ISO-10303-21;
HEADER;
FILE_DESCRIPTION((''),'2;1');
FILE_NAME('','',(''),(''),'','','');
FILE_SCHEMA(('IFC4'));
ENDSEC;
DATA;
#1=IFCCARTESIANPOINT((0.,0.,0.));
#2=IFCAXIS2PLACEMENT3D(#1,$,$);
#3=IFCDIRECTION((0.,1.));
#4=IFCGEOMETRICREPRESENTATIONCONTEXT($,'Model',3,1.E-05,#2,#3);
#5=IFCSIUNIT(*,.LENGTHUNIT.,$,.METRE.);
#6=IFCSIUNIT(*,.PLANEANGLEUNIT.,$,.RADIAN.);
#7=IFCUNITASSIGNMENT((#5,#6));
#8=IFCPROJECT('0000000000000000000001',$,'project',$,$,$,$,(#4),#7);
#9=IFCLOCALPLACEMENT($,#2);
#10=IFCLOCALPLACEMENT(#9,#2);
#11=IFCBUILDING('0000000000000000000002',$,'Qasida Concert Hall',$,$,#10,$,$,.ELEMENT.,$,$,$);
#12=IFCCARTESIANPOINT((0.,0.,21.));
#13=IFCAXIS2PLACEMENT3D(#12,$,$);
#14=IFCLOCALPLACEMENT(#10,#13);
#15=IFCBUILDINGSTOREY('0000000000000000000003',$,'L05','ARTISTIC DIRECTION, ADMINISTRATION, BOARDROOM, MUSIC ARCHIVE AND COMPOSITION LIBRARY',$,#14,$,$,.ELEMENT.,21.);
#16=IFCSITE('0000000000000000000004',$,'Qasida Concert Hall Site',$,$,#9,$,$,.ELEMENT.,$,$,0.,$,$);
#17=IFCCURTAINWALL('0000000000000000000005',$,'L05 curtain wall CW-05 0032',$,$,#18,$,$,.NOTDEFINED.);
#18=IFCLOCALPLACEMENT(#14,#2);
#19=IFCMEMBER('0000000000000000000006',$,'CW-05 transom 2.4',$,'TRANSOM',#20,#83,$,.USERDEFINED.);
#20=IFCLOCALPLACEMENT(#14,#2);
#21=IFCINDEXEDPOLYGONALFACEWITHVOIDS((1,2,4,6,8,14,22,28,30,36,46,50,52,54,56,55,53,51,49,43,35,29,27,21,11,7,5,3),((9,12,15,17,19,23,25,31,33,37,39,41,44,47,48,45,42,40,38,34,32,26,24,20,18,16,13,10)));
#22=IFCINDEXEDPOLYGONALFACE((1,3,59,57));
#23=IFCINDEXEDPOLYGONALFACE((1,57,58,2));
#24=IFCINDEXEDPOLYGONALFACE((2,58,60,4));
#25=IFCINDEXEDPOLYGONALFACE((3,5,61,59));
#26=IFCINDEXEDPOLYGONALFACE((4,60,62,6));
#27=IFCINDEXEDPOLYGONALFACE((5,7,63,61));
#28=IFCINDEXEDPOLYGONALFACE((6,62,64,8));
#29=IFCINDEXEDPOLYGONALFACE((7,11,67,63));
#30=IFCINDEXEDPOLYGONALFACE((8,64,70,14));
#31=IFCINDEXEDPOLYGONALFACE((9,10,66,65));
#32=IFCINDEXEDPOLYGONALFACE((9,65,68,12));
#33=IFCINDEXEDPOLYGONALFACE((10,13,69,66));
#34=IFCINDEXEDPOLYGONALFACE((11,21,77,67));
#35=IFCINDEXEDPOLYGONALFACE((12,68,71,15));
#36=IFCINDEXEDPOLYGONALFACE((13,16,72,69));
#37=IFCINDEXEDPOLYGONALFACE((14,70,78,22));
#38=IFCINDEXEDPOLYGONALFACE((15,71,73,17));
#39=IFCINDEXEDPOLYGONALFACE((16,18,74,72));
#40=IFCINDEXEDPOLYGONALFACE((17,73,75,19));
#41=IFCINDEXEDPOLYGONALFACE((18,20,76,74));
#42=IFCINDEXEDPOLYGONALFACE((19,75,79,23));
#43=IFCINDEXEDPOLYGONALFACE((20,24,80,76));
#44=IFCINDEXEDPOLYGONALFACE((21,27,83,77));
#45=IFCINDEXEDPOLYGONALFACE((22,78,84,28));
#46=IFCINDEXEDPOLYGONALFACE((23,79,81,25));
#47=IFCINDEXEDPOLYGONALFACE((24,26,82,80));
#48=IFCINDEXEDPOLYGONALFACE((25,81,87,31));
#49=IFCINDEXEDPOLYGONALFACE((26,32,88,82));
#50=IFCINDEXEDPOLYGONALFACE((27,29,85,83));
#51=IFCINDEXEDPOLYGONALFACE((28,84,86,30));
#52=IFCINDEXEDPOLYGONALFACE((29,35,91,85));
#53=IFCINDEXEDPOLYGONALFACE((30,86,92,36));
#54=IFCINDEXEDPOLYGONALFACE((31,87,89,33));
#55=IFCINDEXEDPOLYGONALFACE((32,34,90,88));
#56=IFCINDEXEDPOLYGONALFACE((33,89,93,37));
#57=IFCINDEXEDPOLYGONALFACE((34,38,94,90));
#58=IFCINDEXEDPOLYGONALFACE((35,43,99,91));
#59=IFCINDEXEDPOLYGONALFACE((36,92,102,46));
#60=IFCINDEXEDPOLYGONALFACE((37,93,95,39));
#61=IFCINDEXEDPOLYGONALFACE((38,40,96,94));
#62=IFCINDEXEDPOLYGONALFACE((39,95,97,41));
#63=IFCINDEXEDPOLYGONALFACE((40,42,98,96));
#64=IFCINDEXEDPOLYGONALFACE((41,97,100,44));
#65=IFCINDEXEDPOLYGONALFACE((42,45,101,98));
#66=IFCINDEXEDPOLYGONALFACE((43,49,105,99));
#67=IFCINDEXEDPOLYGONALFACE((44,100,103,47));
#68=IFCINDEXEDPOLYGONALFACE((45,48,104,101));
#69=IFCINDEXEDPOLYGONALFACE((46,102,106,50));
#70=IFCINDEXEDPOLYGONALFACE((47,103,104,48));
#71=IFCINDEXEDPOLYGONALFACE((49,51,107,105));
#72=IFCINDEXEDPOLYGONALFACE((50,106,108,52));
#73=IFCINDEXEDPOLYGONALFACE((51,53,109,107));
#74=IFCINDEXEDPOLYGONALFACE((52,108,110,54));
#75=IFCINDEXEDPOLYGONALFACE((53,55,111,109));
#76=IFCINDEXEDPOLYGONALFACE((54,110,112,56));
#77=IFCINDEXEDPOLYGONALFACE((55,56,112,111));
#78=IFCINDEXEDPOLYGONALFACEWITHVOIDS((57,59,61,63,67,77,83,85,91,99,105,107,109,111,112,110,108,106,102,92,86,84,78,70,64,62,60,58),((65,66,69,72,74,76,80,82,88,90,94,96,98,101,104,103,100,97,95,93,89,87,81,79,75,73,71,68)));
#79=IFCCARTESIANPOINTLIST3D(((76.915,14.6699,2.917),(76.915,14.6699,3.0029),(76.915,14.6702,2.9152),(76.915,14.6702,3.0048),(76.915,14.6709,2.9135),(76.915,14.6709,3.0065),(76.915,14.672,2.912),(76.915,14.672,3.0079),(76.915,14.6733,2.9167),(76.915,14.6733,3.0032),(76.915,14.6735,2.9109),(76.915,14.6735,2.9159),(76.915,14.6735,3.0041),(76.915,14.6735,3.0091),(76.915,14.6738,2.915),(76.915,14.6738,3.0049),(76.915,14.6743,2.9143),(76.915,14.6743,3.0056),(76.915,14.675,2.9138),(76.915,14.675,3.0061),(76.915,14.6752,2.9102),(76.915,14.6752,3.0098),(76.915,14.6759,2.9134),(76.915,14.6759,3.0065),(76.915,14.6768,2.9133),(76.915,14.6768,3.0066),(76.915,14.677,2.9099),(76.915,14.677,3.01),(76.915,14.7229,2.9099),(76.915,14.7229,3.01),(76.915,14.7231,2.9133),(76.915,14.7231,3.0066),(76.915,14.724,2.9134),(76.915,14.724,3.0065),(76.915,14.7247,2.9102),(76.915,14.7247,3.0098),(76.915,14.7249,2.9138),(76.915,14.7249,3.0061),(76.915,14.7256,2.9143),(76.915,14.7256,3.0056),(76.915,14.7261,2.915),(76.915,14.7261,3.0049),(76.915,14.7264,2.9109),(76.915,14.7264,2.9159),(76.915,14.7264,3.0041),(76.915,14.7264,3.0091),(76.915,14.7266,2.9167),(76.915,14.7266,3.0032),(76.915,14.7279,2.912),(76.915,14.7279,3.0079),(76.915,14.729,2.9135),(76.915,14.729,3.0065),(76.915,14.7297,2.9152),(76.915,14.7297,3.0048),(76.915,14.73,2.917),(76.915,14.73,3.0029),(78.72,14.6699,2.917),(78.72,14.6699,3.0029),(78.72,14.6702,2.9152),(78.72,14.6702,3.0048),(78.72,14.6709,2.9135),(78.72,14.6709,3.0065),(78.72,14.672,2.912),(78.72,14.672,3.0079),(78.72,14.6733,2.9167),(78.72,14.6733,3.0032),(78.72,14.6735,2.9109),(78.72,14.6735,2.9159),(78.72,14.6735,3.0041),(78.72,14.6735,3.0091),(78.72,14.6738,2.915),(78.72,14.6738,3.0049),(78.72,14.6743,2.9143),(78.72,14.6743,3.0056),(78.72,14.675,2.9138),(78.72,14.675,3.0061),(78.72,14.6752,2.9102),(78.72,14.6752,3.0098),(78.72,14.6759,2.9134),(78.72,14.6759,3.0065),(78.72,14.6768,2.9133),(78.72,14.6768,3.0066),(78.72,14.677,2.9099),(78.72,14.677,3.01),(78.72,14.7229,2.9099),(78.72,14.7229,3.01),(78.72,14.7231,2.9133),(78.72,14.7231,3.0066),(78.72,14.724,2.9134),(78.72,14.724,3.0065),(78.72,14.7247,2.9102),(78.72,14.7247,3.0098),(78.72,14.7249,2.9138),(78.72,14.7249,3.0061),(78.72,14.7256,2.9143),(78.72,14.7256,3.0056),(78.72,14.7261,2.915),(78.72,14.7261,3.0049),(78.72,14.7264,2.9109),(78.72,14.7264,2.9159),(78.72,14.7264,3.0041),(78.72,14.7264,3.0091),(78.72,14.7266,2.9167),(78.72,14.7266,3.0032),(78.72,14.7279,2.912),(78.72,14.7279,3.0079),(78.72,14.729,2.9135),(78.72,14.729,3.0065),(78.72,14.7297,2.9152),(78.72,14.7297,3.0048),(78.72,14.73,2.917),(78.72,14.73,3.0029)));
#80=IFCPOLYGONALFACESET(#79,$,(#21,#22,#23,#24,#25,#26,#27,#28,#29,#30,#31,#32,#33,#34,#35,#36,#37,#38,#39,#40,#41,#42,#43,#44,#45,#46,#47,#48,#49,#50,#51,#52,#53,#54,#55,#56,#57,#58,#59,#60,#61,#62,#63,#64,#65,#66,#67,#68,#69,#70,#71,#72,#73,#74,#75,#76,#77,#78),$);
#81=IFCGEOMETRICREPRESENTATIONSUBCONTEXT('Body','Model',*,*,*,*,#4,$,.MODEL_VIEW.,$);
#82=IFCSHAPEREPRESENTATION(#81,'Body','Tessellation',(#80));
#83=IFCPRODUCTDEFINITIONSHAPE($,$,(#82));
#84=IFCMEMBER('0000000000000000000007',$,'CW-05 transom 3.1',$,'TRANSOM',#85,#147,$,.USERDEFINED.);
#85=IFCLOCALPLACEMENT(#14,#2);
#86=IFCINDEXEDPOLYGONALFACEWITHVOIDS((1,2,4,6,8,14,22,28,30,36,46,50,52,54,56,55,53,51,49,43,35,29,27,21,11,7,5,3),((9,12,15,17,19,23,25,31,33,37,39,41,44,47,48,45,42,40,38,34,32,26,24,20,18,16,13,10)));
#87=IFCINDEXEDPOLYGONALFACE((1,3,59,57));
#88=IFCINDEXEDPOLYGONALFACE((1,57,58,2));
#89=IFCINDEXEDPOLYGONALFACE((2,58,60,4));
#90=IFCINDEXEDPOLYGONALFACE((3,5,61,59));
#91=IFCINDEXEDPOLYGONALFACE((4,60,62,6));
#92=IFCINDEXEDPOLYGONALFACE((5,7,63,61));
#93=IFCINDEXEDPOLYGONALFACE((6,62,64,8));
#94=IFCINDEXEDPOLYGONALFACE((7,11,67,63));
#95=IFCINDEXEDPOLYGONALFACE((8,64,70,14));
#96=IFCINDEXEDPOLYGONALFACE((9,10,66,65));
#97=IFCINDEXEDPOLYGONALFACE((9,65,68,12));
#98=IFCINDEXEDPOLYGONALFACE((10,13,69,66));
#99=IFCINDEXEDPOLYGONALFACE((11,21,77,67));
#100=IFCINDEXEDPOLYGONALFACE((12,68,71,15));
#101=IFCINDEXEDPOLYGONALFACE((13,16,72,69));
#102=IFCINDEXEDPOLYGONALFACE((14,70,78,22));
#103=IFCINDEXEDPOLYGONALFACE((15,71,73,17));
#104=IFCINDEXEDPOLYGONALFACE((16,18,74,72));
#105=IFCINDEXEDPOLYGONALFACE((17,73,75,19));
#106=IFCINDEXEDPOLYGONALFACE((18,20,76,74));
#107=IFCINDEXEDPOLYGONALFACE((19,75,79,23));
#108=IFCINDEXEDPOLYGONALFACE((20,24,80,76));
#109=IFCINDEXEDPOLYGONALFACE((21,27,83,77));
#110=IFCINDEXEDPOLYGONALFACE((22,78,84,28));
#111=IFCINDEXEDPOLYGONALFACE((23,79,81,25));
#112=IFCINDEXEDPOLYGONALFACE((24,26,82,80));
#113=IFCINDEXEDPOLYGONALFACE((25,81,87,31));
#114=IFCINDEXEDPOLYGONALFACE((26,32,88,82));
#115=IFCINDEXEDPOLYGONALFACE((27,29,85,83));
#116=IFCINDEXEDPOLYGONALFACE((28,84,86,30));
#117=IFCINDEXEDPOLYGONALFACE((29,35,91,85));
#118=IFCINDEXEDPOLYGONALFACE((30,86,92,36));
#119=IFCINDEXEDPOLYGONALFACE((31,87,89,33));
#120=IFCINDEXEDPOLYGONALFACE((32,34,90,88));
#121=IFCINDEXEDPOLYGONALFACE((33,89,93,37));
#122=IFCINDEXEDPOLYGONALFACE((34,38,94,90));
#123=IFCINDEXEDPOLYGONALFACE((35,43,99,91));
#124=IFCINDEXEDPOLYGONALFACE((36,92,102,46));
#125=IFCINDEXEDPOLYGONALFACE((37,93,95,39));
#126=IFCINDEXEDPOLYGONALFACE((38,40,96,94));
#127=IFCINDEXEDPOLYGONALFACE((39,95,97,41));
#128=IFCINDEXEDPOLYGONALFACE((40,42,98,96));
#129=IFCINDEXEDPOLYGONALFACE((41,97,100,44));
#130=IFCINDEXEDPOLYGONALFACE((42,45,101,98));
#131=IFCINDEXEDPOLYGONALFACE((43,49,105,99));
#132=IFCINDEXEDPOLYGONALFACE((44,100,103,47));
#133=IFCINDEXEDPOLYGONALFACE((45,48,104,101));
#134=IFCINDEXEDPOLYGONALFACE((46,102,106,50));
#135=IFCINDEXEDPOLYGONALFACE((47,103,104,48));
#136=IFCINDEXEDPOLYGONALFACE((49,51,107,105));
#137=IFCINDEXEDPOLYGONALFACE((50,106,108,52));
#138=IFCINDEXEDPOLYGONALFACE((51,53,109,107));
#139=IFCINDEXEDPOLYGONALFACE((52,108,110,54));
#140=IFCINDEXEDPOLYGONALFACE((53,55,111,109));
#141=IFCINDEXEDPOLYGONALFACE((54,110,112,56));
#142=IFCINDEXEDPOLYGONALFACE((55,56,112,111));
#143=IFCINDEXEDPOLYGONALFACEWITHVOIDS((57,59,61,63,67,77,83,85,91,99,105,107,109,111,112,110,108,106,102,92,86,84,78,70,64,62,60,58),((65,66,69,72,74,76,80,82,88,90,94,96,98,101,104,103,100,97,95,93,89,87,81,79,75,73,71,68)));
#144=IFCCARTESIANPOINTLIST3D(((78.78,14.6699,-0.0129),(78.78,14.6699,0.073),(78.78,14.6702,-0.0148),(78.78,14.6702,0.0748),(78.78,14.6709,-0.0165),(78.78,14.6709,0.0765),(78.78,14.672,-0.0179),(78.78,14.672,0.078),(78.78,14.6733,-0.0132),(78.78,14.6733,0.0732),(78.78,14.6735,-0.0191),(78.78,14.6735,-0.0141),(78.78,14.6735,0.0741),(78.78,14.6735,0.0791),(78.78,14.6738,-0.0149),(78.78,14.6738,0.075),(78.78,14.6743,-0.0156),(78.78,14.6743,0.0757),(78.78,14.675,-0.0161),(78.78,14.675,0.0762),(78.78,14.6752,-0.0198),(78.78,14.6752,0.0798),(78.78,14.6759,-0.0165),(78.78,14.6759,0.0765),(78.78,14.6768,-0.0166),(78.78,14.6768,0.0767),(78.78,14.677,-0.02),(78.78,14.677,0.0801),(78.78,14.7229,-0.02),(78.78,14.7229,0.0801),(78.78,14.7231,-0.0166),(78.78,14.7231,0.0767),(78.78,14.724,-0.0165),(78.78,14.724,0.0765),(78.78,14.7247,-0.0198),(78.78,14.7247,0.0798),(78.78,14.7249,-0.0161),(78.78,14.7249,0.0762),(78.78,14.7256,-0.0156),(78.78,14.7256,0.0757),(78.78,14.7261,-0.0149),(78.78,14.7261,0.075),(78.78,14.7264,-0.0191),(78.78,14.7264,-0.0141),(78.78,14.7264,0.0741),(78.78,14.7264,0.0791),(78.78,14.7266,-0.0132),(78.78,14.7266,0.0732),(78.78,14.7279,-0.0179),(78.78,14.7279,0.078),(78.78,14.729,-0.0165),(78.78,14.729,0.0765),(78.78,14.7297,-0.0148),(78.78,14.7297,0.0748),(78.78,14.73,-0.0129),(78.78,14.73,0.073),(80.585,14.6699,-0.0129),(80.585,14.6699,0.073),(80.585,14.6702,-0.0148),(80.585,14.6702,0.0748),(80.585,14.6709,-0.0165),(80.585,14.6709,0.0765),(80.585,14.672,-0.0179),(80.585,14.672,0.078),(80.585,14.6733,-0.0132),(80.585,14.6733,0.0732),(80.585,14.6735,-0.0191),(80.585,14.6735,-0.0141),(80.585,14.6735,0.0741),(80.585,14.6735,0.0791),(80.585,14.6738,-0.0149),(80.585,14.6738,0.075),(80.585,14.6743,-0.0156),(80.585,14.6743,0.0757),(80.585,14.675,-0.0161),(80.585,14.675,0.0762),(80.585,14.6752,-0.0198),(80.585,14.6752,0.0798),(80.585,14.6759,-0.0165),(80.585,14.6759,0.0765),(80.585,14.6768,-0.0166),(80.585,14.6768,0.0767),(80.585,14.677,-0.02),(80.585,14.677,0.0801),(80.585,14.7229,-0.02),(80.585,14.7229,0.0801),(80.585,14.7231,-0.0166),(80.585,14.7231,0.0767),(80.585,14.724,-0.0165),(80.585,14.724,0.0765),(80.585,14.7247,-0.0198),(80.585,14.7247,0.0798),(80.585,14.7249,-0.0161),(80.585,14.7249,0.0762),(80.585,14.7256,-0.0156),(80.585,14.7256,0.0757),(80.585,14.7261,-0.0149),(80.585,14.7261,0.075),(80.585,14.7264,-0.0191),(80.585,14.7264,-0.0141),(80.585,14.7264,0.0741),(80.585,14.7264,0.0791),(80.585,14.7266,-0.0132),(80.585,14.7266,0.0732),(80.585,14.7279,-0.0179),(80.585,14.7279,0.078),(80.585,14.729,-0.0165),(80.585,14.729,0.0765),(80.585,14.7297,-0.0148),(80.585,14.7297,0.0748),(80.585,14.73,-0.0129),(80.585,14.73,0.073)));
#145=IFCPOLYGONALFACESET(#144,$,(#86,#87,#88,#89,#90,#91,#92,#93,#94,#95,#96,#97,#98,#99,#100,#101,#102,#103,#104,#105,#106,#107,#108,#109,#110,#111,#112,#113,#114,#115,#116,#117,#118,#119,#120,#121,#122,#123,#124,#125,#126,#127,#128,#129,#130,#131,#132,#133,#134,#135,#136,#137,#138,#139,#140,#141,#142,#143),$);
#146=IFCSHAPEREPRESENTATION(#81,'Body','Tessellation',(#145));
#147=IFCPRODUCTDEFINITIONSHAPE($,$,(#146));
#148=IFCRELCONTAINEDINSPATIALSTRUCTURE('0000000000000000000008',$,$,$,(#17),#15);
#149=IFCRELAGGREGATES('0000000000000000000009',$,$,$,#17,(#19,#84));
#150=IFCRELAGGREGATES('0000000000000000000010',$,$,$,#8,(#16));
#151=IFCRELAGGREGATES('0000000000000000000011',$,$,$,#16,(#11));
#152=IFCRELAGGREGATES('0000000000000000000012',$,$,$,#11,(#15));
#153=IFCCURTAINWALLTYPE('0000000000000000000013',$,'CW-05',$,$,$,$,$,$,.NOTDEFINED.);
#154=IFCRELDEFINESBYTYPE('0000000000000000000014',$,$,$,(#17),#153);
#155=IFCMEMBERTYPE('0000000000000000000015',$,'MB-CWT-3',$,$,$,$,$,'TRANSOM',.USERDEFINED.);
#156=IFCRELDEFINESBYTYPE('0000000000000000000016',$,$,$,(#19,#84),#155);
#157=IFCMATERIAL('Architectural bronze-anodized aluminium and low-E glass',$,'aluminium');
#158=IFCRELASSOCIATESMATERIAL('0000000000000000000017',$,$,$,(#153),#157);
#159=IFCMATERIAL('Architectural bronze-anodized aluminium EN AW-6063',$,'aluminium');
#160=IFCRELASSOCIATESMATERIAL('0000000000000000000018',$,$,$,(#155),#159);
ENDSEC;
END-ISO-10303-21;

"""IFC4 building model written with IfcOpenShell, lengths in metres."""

from ifc_helpers import new_model, si_unit, direction, frame, origin, origin_2d, place, context, subcontext, project, spatial, hollow_rectangle, extrude, material, material_profile, profile_set, type_object, element, aggregate, save


model = new_model("IFC4")

# Units and contexts
model_context = context("Model", 3, precision=1e-05, world=origin(), true_north=direction((0.0, 1.0)))
body_context = subcontext(model_context, "Body", "Model", "MODEL_VIEW")
ifc_project = project(units=[si_unit("LENGTHUNIT", "METRE"), si_unit("PLANEANGLEUNIT", "RADIAN")], contexts=[model_context])

# Site, building, storey
site_placement = place(None, origin())
site = spatial("IfcSite", under=ifc_project, at=site_placement, Name="Qasida Concert Hall Site", CompositionType="ELEMENT", RefElevation=0.0)
building_placement = place(site_placement, origin())
building = spatial("IfcBuilding", under=site, at=building_placement, Name="Qasida Concert Hall", CompositionType="ELEMENT")
storey_placement = place(building_placement, frame((0.0, 0.0, 21.0)))
storey = spatial("IfcBuildingStorey", under=building, at=storey_placement, Name="L05", Description="ARTISTIC DIRECTION, ADMINISTRATION, BOARDROOM, MUSIC ARCHIVE AND COMPOSITION LIBRARY", CompositionType="ELEMENT", Elevation=21.0)

# Curtain wall, members
ifc_material_1 = material(Name="Architectural bronze-anodized aluminium and low-E glass", Category="aluminium")
curtain_wall_type = type_object("IfcCurtainWallType", Name="CW-05", PredefinedType="NOTDEFINED", material=ifc_material_1)
curtain_wall_placement = place(storey_placement, origin())
curtain_wall = element("IfcCurtainWall", 1, at=curtain_wall_placement, inside=storey, type_object=curtain_wall_type, Name="L05 curtain wall CW-05 0032", PredefinedType="NOTDEFINED")
ifc_material_2 = material(Name="Architectural bronze-anodized aluminium EN AW-6063", Category="aluminium")
ifc_material_profile_1 = material_profile(ifc_material_2, hollow_rectangle(XDim=0.0601, YDim=0.1001, WallThickness=0.0034, InnerFilletRadius=0.0034, OuterFilletRadius=0.0071, at=origin_2d()), Name="CWT 100x60x3.5")
ifc_profile_set_1 = profile_set([ifc_material_profile_1], Name="Architectural bronze-anodized aluminium EN AW-6063")
member_type_1 = type_object("IfcMemberType", Name="MB-CWT-3", ElementType="TRANSOM", PredefinedType="USERDEFINED", material=ifc_profile_set_1)
member_1_placement = place(storey_placement, frame((76.915, 14.7, 2.96), z_axis=(1.0, 0.0, 0.0), x_axis=(0.0, 1.0, 0.0)))
member_1 = element("IfcMember", 2, at=member_1_placement, type_object=member_type_1, Name="CW-05 transom 2.4", ObjectType="TRANSOM", PredefinedType="USERDEFINED", context=body_context, shape_type="SweptSolid", body=[
    extrude(hollow_rectangle(XDim=0.0601, YDim=0.1001, WallThickness=0.0034, InnerFilletRadius=0.0034, OuterFilletRadius=0.0071, at=origin_2d()), origin(), (0.0, 0.0, 1.0), 1.8049),
])
member_2_placement = place(storey_placement, frame((78.78, 14.7, 0.03), z_axis=(1.0, 0.0, 0.0), x_axis=(0.0, 1.0, 0.0)))
member_2 = element("IfcMember", 3, at=member_2_placement, type_object=member_type_1, Name="CW-05 transom 3.1", ObjectType="TRANSOM", PredefinedType="USERDEFINED", context=body_context, shape_type="SweptSolid", body=[
    extrude(hollow_rectangle(XDim=0.0601, YDim=0.1001, WallThickness=0.0034, InnerFilletRadius=0.0034, OuterFilletRadius=0.0071, at=origin_2d()), origin(), (0.0, 0.0, 1.0), 1.8049),
])
aggregate(curtain_wall, [member_1, member_2])

save(model, "model.ifc")
